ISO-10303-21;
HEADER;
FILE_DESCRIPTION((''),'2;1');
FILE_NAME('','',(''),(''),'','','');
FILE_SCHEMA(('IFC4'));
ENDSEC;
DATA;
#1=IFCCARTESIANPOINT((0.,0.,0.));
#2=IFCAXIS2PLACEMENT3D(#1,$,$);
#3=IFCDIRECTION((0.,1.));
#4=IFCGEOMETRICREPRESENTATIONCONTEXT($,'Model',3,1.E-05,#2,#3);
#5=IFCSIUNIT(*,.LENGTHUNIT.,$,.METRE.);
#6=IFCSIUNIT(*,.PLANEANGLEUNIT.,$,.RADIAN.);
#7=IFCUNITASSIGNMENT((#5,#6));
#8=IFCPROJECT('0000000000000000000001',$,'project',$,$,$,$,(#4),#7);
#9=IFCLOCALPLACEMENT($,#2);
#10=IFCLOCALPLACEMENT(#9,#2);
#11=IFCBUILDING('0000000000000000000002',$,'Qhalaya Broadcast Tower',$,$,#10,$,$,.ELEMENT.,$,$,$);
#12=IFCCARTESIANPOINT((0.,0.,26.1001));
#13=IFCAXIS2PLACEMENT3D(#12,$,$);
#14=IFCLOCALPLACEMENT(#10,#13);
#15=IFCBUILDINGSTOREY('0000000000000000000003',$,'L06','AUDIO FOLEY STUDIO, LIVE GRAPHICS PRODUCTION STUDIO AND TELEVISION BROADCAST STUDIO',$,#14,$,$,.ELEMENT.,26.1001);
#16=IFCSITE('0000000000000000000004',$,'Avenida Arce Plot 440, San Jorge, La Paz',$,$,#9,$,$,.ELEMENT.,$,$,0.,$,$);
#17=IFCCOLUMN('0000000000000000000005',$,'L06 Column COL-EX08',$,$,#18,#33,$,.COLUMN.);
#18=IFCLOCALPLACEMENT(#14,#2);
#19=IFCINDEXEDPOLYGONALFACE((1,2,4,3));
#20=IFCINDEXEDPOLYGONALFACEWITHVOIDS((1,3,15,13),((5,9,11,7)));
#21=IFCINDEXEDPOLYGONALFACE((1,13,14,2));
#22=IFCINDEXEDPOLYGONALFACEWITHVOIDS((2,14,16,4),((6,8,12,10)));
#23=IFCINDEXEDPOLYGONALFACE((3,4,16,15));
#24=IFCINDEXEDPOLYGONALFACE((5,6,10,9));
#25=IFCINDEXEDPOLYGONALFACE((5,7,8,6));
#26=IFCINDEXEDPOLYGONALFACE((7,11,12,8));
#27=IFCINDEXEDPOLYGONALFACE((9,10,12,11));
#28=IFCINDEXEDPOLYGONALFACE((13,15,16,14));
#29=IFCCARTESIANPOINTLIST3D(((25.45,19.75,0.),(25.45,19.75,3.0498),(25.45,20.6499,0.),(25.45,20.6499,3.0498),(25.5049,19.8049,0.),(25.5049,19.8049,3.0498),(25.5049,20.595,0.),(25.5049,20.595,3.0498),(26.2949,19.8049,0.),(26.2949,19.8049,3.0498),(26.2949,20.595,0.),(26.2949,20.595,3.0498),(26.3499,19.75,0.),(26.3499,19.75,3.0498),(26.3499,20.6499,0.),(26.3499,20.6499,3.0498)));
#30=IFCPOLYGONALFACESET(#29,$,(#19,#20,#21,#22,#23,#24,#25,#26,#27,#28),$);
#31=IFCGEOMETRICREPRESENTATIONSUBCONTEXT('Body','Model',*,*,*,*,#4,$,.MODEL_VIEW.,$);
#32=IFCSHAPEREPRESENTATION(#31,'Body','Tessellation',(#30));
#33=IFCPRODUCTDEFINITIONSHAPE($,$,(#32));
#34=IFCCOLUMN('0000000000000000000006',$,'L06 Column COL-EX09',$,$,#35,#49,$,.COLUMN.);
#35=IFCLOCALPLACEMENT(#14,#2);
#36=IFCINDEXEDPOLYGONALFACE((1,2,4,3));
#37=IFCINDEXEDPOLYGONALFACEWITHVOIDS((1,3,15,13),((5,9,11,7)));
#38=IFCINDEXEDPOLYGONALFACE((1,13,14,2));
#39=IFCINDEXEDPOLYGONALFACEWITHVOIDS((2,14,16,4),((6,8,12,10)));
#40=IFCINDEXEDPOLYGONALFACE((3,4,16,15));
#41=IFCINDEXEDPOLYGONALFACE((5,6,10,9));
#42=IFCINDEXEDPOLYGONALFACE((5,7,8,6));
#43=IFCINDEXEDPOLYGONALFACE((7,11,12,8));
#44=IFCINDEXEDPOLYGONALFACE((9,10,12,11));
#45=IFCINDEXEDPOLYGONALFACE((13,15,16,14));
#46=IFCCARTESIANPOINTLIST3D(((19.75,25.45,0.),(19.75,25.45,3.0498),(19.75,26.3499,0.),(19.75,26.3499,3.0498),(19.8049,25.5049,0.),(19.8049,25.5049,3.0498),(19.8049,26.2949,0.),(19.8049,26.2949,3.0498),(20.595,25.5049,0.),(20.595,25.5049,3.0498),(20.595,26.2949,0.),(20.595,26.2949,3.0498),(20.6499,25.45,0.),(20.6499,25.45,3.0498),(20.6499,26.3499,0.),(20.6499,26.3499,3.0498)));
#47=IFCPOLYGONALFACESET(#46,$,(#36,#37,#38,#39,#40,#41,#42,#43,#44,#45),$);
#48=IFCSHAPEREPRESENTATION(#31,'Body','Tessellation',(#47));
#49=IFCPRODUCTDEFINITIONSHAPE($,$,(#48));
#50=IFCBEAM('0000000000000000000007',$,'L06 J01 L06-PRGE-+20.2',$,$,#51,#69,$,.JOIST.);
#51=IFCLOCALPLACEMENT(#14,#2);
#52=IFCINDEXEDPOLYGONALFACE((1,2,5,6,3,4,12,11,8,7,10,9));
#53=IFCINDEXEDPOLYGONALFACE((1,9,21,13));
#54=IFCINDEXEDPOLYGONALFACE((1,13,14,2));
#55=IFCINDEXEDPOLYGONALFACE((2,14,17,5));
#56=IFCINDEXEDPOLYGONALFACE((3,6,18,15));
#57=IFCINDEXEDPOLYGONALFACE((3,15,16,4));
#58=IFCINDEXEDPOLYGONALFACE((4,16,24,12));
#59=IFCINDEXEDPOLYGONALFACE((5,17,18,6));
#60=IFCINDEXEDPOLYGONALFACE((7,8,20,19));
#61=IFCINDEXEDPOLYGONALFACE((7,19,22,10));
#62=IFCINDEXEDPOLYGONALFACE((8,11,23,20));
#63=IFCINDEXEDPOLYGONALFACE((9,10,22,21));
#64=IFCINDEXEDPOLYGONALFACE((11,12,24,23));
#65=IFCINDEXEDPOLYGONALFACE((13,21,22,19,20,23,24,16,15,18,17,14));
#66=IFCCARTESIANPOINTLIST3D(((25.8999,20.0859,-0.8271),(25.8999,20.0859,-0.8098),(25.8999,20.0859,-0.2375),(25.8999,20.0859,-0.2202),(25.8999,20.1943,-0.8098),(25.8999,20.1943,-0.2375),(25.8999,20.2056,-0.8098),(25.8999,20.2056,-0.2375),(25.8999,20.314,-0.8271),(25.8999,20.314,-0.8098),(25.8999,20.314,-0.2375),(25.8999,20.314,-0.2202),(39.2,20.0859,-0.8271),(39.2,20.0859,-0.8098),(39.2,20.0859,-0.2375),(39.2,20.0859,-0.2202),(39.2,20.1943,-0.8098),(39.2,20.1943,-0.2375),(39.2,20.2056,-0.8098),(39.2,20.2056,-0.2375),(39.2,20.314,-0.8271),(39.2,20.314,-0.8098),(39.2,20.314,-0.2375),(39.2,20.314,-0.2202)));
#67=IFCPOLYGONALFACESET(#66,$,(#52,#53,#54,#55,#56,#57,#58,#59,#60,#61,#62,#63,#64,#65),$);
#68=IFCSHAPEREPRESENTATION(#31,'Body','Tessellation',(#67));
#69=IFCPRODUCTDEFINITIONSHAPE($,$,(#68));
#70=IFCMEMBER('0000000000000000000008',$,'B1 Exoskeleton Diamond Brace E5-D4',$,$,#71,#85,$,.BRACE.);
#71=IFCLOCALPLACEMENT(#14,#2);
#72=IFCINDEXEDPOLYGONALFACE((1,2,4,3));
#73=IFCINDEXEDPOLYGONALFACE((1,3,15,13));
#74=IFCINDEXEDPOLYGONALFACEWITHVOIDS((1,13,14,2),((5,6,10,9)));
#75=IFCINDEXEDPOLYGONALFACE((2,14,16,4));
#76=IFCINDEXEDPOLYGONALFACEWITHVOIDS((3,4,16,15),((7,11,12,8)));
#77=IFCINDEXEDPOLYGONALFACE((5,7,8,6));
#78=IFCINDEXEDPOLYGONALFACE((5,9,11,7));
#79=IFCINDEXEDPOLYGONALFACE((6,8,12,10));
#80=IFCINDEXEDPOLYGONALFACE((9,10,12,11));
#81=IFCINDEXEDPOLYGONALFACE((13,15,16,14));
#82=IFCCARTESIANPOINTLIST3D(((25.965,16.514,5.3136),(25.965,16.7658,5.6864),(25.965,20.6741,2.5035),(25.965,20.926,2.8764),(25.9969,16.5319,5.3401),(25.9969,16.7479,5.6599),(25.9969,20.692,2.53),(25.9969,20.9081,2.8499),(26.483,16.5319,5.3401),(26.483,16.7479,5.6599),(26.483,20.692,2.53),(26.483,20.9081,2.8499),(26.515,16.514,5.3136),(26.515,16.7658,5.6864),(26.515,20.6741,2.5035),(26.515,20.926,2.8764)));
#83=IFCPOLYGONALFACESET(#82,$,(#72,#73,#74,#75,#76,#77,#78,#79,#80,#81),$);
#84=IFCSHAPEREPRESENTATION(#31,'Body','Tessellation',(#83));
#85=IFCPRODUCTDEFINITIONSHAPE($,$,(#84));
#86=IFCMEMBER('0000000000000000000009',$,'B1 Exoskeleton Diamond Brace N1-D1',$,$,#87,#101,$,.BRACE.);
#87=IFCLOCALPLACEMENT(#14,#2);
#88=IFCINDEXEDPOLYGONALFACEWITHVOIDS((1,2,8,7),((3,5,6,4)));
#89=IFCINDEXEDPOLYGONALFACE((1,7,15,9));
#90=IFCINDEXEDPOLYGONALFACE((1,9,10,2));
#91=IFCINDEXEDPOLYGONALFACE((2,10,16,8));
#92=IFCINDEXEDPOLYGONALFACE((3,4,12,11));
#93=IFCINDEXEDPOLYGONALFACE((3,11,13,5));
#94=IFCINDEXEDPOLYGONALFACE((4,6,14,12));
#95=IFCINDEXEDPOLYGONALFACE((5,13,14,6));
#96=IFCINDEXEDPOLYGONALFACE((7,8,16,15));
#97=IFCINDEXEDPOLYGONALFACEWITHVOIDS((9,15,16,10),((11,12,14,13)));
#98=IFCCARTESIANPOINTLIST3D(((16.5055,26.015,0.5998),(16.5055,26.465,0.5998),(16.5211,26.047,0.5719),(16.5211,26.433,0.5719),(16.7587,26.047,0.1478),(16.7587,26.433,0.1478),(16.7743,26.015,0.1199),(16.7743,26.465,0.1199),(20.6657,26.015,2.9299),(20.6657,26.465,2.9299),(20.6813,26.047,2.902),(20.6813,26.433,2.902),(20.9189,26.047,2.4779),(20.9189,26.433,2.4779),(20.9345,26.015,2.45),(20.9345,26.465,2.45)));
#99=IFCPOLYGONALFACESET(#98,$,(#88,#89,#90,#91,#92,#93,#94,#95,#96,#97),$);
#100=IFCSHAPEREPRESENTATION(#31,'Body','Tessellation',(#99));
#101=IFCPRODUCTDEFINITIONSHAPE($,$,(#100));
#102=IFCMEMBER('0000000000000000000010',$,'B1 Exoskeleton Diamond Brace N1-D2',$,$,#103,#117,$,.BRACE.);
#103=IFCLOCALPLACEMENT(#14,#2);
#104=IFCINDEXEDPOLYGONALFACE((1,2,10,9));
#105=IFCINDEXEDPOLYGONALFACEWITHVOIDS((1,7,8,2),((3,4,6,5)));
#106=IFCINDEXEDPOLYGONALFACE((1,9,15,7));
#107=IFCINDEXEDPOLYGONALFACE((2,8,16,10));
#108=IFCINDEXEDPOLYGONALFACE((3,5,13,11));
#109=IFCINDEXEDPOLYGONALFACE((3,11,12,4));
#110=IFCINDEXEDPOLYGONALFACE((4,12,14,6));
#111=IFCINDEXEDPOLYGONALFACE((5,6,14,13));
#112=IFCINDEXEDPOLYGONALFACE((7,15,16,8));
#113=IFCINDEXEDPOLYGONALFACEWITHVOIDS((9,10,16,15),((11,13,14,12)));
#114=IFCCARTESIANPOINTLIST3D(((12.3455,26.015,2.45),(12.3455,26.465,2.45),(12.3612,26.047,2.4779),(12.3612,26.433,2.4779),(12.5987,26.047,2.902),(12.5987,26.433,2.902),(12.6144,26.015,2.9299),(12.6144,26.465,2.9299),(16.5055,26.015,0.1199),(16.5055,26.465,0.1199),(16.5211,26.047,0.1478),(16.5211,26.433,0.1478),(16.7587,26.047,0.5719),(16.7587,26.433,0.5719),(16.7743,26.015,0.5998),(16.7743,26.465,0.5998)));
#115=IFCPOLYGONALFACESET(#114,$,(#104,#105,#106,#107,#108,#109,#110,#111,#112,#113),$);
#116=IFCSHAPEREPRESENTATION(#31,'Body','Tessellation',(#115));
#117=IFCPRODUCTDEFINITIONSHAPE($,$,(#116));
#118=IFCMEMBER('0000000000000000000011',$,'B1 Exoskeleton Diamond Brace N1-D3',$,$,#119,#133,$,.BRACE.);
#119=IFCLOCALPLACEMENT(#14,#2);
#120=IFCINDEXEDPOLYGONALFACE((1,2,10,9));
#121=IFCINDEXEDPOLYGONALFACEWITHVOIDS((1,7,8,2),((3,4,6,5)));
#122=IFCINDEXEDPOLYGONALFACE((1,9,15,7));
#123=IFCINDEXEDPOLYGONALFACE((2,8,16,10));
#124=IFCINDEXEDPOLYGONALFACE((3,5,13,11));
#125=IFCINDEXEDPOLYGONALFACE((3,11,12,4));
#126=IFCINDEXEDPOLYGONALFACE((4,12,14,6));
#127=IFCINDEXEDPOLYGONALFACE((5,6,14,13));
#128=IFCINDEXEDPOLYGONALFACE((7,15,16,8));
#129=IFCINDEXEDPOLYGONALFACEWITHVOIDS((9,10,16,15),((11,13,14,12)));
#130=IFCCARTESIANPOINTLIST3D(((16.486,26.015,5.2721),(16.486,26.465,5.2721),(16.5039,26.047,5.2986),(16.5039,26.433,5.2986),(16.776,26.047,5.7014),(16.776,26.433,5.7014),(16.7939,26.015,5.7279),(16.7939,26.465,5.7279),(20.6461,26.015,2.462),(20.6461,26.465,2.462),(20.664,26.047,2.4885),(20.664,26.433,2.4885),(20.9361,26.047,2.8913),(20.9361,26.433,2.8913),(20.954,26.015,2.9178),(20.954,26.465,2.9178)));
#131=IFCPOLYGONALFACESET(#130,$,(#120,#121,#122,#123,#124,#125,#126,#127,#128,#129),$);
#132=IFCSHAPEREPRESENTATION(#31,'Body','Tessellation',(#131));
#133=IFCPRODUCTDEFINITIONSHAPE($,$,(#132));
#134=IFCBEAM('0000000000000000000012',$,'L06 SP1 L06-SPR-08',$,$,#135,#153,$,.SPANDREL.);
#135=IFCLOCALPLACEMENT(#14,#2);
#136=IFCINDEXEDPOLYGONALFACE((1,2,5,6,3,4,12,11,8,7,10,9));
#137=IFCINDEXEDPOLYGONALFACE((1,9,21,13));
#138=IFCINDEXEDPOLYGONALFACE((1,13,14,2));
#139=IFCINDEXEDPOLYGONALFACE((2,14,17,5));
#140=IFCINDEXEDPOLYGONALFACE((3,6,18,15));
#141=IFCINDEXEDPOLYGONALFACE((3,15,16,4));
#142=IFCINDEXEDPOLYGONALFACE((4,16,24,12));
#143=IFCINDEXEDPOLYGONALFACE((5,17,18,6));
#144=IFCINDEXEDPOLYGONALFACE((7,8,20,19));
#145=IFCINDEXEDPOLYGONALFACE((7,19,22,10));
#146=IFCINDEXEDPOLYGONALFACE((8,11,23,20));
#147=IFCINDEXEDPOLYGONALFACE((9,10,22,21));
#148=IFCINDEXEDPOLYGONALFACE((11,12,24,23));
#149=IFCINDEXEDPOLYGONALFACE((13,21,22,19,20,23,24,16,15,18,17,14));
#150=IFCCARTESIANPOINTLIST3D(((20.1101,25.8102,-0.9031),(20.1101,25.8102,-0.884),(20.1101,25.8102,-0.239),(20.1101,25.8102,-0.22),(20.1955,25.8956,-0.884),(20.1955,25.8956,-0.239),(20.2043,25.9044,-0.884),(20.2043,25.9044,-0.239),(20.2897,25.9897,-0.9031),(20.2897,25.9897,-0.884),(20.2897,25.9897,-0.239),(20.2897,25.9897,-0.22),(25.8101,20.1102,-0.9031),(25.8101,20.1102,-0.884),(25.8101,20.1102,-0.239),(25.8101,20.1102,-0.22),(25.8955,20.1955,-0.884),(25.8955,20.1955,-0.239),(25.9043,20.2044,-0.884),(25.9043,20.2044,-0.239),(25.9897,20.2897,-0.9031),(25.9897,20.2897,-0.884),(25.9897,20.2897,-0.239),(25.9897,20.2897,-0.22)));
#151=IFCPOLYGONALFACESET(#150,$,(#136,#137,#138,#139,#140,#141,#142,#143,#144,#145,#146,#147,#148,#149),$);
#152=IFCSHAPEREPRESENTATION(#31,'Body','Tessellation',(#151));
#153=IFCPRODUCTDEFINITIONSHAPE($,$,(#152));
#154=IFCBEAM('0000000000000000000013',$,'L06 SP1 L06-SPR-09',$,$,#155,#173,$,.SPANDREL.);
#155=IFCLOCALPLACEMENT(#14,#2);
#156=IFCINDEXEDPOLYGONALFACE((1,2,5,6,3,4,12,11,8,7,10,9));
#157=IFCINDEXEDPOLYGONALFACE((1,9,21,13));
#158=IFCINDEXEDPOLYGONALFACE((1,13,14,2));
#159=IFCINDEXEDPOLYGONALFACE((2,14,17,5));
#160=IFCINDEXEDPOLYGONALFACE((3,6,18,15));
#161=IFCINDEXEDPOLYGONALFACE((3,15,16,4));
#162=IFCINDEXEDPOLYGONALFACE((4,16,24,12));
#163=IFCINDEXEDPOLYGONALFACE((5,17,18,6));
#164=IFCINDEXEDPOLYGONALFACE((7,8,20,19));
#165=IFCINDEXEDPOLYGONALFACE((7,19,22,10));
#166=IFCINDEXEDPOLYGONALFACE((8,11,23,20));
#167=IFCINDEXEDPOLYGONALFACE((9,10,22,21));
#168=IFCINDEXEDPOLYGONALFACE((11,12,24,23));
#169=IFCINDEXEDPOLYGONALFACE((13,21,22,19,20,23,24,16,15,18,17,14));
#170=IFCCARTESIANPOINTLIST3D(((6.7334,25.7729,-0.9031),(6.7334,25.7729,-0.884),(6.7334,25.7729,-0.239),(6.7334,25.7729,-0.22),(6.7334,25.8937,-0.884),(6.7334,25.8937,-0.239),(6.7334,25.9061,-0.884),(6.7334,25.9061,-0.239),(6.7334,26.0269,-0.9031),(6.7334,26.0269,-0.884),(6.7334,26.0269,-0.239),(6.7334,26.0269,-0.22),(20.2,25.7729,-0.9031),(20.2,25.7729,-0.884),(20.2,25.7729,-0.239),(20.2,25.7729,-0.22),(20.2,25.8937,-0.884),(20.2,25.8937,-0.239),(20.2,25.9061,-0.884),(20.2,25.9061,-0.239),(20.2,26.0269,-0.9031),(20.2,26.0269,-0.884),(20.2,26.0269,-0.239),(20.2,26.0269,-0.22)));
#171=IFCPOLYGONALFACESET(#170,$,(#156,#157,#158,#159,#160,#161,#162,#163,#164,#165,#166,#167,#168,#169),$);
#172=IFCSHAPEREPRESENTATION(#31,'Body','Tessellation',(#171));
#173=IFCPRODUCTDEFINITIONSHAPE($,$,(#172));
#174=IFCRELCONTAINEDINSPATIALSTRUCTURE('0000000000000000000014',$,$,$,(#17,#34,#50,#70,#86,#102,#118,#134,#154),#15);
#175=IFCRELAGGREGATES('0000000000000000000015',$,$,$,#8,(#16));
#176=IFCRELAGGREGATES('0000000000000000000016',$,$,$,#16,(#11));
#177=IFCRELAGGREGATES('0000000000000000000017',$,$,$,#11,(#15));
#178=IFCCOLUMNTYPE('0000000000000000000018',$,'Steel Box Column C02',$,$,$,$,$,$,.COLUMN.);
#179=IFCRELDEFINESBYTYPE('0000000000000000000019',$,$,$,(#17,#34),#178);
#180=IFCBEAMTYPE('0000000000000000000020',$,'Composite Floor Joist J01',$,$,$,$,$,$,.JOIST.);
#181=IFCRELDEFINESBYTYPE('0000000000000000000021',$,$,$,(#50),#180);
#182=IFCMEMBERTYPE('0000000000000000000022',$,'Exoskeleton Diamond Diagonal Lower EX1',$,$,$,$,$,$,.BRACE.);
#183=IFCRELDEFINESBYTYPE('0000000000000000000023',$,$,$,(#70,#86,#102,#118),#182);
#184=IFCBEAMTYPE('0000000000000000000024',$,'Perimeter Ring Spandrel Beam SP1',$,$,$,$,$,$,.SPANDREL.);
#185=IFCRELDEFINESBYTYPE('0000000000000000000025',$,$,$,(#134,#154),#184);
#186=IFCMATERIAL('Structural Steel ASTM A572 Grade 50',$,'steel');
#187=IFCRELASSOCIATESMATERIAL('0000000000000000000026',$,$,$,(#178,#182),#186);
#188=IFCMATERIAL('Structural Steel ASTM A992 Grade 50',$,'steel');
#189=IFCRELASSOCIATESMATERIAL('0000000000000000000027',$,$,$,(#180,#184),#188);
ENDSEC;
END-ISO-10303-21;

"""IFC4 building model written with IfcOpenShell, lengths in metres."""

from ifc_helpers import new_model, si_unit, direction, frame, origin, origin_2d, place, context, subcontext, project, spatial, hollow_rectangle, i_section, extrude, material, material_profile, profile_set, type_object, element, save


model = new_model("IFC4")

# Units and contexts
model_context = context("Model", 3, precision=1e-05, world=origin(), true_north=direction((0.0, 1.0)))
body_context = subcontext(model_context, "Body", "Model", "MODEL_VIEW")
ifc_project = project(units=[si_unit("LENGTHUNIT", "METRE"), si_unit("PLANEANGLEUNIT", "RADIAN")], contexts=[model_context])

# Site, building, storey
site_placement = place(None, origin())
site = spatial("IfcSite", under=ifc_project, at=site_placement, Name="Avenida Arce Plot 440, San Jorge, La Paz", CompositionType="ELEMENT", RefElevation=0.0)
building_placement = place(site_placement, origin())
building = spatial("IfcBuilding", under=site, at=building_placement, Name="Qhalaya Broadcast Tower", CompositionType="ELEMENT")
storey_placement = place(building_placement, frame((0.0, 0.0, 26.1001)))
storey = spatial("IfcBuildingStorey", under=building, at=storey_placement, Name="L06", Description="AUDIO FOLEY STUDIO, LIVE GRAPHICS PRODUCTION STUDIO AND TELEVISION BROADCAST STUDIO", CompositionType="ELEMENT", Elevation=26.1001)

# Columns
ifc_material_1 = material(Name="Structural Steel ASTM A572 Grade 50", Category="steel")
ifc_material_profile_1 = material_profile(ifc_material_1, hollow_rectangle(XDim=0.8999, YDim=0.8999, WallThickness=0.0549, at=origin_2d()), Name="BOX 900x900x55")
ifc_profile_set_1 = profile_set([ifc_material_profile_1], Name="Structural Steel ASTM A572 Grade 50")
column_type = type_object("IfcColumnType", Name="Steel Box Column C02", PredefinedType="COLUMN", material=ifc_profile_set_1)
for number, where, z_axis, x_axis, name in (
    (1, (25.8999, 20.2, 0.0), (0.0, 0.0, 1.0), (0.0, 1.0, 0.0), "L06 Column COL-EX08"),
    (2, (20.2, 25.8999, 0.0), (0.0, 0.0, 1.0), (1.0, 0.0, 0.0), "L06 Column COL-EX09"),
):
    element("IfcColumn", number, at=place(storey_placement, frame(where, z_axis=z_axis, x_axis=x_axis)), inside=storey, type_object=column_type, Name=name, PredefinedType="COLUMN", context=body_context, shape_type="SweptSolid", body=[
        extrude(hollow_rectangle(XDim=0.8999, YDim=0.8999, WallThickness=0.0549, at=origin_2d()), origin(), (0.0, 0.0, 1.0), 3.0498),
    ])

# Beam
ifc_material_2 = material(Name="Structural Steel ASTM A992 Grade 50", Category="steel")
ifc_material_profile_2 = material_profile(ifc_material_2, i_section(OverallWidth=0.228, OverallDepth=0.6069, WebThickness=0.0112, FlangeThickness=0.0173, at=origin_2d()), Name="W24X76")
ifc_profile_set_2 = profile_set([ifc_material_profile_2], Name="Structural Steel ASTM A992 Grade 50")
beam_type_1 = type_object("IfcBeamType", Name="Composite Floor Joist J01", PredefinedType="JOIST", material=ifc_profile_set_2)
beam_1_placement = place(storey_placement, frame((25.8999, 20.2, -0.5237), z_axis=(1.0, 0.0, 0.0), x_axis=(0.0, 1.0, 0.0)))
element("IfcBeam", 3, at=beam_1_placement, inside=storey, type_object=beam_type_1, Name="L06 J01 L06-PRGE-+20.2", PredefinedType="JOIST", context=body_context, shape_type="SweptSolid", body=[
    extrude(i_section(OverallWidth=0.228, OverallDepth=0.6069, WebThickness=0.0112, FlangeThickness=0.0173, at=origin_2d()), origin(), (0.0, 0.0, 1.0), 13.3),
])

# Members
ifc_material_profile_3 = material_profile(ifc_material_1, hollow_rectangle(XDim=0.45, YDim=0.55, WallThickness=0.032, at=origin_2d()), Name="BOX 450x550x32")
ifc_profile_set_3 = profile_set([ifc_material_profile_3], Name="Structural Steel ASTM A572 Grade 50")
member_type = type_object("IfcMemberType", Name="Exoskeleton Diamond Diagonal Lower EX1", PredefinedType="BRACE", material=ifc_profile_set_3)
member_1_placement = place(storey_placement, frame((26.24, 20.8, 2.6899), z_axis=(0.0, -0.828668, 0.55974), x_axis=(0.0, 0.55974, 0.828668)))
element("IfcMember", 4, at=member_1_placement, inside=storey, type_object=member_type, Name="B1 Exoskeleton Diamond Brace E5-D4", PredefinedType="BRACE", context=body_context, shape_type="SweptSolid", body=[
    extrude(hollow_rectangle(XDim=0.45, YDim=0.55, WallThickness=0.032, at=origin_2d()), origin(), (0.0, 0.0, 1.0), 5.0203),
])
member_2_placement = place(storey_placement, frame((16.6399, 26.24, 0.3599), z_axis=(0.872471, 0.0, 0.488666), x_axis=(0.0, 1.0, 0.0)))
element("IfcMember", 5, at=member_2_placement, inside=storey, type_object=member_type, Name="B1 Exoskeleton Diamond Brace N1-D1", PredefinedType="BRACE", context=body_context, shape_type="SweptSolid", body=[
    extrude(hollow_rectangle(XDim=0.45, YDim=0.55, WallThickness=0.032, at=origin_2d()), origin(), (0.0, 0.0, 1.0), 4.7683),
])
member_3_placement = place(storey_placement, frame((16.6399, 26.24, 0.3599), z_axis=(-0.872459, 0.0, 0.488688), x_axis=(0.0, -1.0, 0.0)))
element("IfcMember", 6, at=member_3_placement, inside=storey, type_object=member_type, Name="B1 Exoskeleton Diamond Brace N1-D2", PredefinedType="BRACE", context=body_context, shape_type="SweptSolid", body=[
    extrude(hollow_rectangle(XDim=0.45, YDim=0.55, WallThickness=0.032, at=origin_2d()), origin(), (0.0, 0.0, 1.0), 4.7681),
])
member_4_placement = place(storey_placement, frame((20.8, 26.24, 2.6899), z_axis=(-0.828668, 0.0, 0.55974), x_axis=(0.0, -1.0, 0.0)))
element("IfcMember", 7, at=member_4_placement, inside=storey, type_object=member_type, Name="B1 Exoskeleton Diamond Brace N1-D3", PredefinedType="BRACE", context=body_context, shape_type="SweptSolid", body=[
    extrude(hollow_rectangle(XDim=0.45, YDim=0.55, WallThickness=0.032, at=origin_2d()), origin(), (0.0, 0.0, 1.0), 5.0203),
])

# Beams
ifc_material_profile_4 = material_profile(ifc_material_2, i_section(OverallWidth=0.2539, OverallDepth=0.6831, WebThickness=0.0125, FlangeThickness=0.019, at=origin_2d()), Name="W27X94")
ifc_profile_set_4 = profile_set([ifc_material_profile_4], Name="Structural Steel ASTM A992 Grade 50")
beam_type_2 = type_object("IfcBeamType", Name="Perimeter Ring Spandrel Beam SP1", PredefinedType="SPANDREL", material=ifc_profile_set_4)
beam_2_placement = place(storey_placement, frame((25.8999, 20.2, -0.5615), z_axis=(-0.707107, 0.707107, 0.0), x_axis=(-0.707107, -0.707107, 0.0)))
element("IfcBeam", 8, at=beam_2_placement, inside=storey, type_object=beam_type_2, Name="L06 SP1 L06-SPR-08", PredefinedType="SPANDREL", context=body_context, shape_type="SweptSolid", body=[
    extrude(i_section(OverallWidth=0.2539, OverallDepth=0.6831, WebThickness=0.0125, FlangeThickness=0.019, at=origin_2d()), origin(), (0.0, 0.0, 1.0), 8.061),
])
beam_3_placement = place(storey_placement, frame((20.2, 25.8999, -0.5615), z_axis=(-1.0, 0.0, 0.0), x_axis=(0.0, -1.0, 0.0)))
element("IfcBeam", 9, at=beam_3_placement, inside=storey, type_object=beam_type_2, Name="L06 SP1 L06-SPR-09", PredefinedType="SPANDREL", context=body_context, shape_type="SweptSolid", body=[
    extrude(i_section(OverallWidth=0.2539, OverallDepth=0.6831, WebThickness=0.0125, FlangeThickness=0.019, at=origin_2d()), origin(), (0.0, 0.0, 1.0), 13.4666),
])

save(model, "model.ifc")
